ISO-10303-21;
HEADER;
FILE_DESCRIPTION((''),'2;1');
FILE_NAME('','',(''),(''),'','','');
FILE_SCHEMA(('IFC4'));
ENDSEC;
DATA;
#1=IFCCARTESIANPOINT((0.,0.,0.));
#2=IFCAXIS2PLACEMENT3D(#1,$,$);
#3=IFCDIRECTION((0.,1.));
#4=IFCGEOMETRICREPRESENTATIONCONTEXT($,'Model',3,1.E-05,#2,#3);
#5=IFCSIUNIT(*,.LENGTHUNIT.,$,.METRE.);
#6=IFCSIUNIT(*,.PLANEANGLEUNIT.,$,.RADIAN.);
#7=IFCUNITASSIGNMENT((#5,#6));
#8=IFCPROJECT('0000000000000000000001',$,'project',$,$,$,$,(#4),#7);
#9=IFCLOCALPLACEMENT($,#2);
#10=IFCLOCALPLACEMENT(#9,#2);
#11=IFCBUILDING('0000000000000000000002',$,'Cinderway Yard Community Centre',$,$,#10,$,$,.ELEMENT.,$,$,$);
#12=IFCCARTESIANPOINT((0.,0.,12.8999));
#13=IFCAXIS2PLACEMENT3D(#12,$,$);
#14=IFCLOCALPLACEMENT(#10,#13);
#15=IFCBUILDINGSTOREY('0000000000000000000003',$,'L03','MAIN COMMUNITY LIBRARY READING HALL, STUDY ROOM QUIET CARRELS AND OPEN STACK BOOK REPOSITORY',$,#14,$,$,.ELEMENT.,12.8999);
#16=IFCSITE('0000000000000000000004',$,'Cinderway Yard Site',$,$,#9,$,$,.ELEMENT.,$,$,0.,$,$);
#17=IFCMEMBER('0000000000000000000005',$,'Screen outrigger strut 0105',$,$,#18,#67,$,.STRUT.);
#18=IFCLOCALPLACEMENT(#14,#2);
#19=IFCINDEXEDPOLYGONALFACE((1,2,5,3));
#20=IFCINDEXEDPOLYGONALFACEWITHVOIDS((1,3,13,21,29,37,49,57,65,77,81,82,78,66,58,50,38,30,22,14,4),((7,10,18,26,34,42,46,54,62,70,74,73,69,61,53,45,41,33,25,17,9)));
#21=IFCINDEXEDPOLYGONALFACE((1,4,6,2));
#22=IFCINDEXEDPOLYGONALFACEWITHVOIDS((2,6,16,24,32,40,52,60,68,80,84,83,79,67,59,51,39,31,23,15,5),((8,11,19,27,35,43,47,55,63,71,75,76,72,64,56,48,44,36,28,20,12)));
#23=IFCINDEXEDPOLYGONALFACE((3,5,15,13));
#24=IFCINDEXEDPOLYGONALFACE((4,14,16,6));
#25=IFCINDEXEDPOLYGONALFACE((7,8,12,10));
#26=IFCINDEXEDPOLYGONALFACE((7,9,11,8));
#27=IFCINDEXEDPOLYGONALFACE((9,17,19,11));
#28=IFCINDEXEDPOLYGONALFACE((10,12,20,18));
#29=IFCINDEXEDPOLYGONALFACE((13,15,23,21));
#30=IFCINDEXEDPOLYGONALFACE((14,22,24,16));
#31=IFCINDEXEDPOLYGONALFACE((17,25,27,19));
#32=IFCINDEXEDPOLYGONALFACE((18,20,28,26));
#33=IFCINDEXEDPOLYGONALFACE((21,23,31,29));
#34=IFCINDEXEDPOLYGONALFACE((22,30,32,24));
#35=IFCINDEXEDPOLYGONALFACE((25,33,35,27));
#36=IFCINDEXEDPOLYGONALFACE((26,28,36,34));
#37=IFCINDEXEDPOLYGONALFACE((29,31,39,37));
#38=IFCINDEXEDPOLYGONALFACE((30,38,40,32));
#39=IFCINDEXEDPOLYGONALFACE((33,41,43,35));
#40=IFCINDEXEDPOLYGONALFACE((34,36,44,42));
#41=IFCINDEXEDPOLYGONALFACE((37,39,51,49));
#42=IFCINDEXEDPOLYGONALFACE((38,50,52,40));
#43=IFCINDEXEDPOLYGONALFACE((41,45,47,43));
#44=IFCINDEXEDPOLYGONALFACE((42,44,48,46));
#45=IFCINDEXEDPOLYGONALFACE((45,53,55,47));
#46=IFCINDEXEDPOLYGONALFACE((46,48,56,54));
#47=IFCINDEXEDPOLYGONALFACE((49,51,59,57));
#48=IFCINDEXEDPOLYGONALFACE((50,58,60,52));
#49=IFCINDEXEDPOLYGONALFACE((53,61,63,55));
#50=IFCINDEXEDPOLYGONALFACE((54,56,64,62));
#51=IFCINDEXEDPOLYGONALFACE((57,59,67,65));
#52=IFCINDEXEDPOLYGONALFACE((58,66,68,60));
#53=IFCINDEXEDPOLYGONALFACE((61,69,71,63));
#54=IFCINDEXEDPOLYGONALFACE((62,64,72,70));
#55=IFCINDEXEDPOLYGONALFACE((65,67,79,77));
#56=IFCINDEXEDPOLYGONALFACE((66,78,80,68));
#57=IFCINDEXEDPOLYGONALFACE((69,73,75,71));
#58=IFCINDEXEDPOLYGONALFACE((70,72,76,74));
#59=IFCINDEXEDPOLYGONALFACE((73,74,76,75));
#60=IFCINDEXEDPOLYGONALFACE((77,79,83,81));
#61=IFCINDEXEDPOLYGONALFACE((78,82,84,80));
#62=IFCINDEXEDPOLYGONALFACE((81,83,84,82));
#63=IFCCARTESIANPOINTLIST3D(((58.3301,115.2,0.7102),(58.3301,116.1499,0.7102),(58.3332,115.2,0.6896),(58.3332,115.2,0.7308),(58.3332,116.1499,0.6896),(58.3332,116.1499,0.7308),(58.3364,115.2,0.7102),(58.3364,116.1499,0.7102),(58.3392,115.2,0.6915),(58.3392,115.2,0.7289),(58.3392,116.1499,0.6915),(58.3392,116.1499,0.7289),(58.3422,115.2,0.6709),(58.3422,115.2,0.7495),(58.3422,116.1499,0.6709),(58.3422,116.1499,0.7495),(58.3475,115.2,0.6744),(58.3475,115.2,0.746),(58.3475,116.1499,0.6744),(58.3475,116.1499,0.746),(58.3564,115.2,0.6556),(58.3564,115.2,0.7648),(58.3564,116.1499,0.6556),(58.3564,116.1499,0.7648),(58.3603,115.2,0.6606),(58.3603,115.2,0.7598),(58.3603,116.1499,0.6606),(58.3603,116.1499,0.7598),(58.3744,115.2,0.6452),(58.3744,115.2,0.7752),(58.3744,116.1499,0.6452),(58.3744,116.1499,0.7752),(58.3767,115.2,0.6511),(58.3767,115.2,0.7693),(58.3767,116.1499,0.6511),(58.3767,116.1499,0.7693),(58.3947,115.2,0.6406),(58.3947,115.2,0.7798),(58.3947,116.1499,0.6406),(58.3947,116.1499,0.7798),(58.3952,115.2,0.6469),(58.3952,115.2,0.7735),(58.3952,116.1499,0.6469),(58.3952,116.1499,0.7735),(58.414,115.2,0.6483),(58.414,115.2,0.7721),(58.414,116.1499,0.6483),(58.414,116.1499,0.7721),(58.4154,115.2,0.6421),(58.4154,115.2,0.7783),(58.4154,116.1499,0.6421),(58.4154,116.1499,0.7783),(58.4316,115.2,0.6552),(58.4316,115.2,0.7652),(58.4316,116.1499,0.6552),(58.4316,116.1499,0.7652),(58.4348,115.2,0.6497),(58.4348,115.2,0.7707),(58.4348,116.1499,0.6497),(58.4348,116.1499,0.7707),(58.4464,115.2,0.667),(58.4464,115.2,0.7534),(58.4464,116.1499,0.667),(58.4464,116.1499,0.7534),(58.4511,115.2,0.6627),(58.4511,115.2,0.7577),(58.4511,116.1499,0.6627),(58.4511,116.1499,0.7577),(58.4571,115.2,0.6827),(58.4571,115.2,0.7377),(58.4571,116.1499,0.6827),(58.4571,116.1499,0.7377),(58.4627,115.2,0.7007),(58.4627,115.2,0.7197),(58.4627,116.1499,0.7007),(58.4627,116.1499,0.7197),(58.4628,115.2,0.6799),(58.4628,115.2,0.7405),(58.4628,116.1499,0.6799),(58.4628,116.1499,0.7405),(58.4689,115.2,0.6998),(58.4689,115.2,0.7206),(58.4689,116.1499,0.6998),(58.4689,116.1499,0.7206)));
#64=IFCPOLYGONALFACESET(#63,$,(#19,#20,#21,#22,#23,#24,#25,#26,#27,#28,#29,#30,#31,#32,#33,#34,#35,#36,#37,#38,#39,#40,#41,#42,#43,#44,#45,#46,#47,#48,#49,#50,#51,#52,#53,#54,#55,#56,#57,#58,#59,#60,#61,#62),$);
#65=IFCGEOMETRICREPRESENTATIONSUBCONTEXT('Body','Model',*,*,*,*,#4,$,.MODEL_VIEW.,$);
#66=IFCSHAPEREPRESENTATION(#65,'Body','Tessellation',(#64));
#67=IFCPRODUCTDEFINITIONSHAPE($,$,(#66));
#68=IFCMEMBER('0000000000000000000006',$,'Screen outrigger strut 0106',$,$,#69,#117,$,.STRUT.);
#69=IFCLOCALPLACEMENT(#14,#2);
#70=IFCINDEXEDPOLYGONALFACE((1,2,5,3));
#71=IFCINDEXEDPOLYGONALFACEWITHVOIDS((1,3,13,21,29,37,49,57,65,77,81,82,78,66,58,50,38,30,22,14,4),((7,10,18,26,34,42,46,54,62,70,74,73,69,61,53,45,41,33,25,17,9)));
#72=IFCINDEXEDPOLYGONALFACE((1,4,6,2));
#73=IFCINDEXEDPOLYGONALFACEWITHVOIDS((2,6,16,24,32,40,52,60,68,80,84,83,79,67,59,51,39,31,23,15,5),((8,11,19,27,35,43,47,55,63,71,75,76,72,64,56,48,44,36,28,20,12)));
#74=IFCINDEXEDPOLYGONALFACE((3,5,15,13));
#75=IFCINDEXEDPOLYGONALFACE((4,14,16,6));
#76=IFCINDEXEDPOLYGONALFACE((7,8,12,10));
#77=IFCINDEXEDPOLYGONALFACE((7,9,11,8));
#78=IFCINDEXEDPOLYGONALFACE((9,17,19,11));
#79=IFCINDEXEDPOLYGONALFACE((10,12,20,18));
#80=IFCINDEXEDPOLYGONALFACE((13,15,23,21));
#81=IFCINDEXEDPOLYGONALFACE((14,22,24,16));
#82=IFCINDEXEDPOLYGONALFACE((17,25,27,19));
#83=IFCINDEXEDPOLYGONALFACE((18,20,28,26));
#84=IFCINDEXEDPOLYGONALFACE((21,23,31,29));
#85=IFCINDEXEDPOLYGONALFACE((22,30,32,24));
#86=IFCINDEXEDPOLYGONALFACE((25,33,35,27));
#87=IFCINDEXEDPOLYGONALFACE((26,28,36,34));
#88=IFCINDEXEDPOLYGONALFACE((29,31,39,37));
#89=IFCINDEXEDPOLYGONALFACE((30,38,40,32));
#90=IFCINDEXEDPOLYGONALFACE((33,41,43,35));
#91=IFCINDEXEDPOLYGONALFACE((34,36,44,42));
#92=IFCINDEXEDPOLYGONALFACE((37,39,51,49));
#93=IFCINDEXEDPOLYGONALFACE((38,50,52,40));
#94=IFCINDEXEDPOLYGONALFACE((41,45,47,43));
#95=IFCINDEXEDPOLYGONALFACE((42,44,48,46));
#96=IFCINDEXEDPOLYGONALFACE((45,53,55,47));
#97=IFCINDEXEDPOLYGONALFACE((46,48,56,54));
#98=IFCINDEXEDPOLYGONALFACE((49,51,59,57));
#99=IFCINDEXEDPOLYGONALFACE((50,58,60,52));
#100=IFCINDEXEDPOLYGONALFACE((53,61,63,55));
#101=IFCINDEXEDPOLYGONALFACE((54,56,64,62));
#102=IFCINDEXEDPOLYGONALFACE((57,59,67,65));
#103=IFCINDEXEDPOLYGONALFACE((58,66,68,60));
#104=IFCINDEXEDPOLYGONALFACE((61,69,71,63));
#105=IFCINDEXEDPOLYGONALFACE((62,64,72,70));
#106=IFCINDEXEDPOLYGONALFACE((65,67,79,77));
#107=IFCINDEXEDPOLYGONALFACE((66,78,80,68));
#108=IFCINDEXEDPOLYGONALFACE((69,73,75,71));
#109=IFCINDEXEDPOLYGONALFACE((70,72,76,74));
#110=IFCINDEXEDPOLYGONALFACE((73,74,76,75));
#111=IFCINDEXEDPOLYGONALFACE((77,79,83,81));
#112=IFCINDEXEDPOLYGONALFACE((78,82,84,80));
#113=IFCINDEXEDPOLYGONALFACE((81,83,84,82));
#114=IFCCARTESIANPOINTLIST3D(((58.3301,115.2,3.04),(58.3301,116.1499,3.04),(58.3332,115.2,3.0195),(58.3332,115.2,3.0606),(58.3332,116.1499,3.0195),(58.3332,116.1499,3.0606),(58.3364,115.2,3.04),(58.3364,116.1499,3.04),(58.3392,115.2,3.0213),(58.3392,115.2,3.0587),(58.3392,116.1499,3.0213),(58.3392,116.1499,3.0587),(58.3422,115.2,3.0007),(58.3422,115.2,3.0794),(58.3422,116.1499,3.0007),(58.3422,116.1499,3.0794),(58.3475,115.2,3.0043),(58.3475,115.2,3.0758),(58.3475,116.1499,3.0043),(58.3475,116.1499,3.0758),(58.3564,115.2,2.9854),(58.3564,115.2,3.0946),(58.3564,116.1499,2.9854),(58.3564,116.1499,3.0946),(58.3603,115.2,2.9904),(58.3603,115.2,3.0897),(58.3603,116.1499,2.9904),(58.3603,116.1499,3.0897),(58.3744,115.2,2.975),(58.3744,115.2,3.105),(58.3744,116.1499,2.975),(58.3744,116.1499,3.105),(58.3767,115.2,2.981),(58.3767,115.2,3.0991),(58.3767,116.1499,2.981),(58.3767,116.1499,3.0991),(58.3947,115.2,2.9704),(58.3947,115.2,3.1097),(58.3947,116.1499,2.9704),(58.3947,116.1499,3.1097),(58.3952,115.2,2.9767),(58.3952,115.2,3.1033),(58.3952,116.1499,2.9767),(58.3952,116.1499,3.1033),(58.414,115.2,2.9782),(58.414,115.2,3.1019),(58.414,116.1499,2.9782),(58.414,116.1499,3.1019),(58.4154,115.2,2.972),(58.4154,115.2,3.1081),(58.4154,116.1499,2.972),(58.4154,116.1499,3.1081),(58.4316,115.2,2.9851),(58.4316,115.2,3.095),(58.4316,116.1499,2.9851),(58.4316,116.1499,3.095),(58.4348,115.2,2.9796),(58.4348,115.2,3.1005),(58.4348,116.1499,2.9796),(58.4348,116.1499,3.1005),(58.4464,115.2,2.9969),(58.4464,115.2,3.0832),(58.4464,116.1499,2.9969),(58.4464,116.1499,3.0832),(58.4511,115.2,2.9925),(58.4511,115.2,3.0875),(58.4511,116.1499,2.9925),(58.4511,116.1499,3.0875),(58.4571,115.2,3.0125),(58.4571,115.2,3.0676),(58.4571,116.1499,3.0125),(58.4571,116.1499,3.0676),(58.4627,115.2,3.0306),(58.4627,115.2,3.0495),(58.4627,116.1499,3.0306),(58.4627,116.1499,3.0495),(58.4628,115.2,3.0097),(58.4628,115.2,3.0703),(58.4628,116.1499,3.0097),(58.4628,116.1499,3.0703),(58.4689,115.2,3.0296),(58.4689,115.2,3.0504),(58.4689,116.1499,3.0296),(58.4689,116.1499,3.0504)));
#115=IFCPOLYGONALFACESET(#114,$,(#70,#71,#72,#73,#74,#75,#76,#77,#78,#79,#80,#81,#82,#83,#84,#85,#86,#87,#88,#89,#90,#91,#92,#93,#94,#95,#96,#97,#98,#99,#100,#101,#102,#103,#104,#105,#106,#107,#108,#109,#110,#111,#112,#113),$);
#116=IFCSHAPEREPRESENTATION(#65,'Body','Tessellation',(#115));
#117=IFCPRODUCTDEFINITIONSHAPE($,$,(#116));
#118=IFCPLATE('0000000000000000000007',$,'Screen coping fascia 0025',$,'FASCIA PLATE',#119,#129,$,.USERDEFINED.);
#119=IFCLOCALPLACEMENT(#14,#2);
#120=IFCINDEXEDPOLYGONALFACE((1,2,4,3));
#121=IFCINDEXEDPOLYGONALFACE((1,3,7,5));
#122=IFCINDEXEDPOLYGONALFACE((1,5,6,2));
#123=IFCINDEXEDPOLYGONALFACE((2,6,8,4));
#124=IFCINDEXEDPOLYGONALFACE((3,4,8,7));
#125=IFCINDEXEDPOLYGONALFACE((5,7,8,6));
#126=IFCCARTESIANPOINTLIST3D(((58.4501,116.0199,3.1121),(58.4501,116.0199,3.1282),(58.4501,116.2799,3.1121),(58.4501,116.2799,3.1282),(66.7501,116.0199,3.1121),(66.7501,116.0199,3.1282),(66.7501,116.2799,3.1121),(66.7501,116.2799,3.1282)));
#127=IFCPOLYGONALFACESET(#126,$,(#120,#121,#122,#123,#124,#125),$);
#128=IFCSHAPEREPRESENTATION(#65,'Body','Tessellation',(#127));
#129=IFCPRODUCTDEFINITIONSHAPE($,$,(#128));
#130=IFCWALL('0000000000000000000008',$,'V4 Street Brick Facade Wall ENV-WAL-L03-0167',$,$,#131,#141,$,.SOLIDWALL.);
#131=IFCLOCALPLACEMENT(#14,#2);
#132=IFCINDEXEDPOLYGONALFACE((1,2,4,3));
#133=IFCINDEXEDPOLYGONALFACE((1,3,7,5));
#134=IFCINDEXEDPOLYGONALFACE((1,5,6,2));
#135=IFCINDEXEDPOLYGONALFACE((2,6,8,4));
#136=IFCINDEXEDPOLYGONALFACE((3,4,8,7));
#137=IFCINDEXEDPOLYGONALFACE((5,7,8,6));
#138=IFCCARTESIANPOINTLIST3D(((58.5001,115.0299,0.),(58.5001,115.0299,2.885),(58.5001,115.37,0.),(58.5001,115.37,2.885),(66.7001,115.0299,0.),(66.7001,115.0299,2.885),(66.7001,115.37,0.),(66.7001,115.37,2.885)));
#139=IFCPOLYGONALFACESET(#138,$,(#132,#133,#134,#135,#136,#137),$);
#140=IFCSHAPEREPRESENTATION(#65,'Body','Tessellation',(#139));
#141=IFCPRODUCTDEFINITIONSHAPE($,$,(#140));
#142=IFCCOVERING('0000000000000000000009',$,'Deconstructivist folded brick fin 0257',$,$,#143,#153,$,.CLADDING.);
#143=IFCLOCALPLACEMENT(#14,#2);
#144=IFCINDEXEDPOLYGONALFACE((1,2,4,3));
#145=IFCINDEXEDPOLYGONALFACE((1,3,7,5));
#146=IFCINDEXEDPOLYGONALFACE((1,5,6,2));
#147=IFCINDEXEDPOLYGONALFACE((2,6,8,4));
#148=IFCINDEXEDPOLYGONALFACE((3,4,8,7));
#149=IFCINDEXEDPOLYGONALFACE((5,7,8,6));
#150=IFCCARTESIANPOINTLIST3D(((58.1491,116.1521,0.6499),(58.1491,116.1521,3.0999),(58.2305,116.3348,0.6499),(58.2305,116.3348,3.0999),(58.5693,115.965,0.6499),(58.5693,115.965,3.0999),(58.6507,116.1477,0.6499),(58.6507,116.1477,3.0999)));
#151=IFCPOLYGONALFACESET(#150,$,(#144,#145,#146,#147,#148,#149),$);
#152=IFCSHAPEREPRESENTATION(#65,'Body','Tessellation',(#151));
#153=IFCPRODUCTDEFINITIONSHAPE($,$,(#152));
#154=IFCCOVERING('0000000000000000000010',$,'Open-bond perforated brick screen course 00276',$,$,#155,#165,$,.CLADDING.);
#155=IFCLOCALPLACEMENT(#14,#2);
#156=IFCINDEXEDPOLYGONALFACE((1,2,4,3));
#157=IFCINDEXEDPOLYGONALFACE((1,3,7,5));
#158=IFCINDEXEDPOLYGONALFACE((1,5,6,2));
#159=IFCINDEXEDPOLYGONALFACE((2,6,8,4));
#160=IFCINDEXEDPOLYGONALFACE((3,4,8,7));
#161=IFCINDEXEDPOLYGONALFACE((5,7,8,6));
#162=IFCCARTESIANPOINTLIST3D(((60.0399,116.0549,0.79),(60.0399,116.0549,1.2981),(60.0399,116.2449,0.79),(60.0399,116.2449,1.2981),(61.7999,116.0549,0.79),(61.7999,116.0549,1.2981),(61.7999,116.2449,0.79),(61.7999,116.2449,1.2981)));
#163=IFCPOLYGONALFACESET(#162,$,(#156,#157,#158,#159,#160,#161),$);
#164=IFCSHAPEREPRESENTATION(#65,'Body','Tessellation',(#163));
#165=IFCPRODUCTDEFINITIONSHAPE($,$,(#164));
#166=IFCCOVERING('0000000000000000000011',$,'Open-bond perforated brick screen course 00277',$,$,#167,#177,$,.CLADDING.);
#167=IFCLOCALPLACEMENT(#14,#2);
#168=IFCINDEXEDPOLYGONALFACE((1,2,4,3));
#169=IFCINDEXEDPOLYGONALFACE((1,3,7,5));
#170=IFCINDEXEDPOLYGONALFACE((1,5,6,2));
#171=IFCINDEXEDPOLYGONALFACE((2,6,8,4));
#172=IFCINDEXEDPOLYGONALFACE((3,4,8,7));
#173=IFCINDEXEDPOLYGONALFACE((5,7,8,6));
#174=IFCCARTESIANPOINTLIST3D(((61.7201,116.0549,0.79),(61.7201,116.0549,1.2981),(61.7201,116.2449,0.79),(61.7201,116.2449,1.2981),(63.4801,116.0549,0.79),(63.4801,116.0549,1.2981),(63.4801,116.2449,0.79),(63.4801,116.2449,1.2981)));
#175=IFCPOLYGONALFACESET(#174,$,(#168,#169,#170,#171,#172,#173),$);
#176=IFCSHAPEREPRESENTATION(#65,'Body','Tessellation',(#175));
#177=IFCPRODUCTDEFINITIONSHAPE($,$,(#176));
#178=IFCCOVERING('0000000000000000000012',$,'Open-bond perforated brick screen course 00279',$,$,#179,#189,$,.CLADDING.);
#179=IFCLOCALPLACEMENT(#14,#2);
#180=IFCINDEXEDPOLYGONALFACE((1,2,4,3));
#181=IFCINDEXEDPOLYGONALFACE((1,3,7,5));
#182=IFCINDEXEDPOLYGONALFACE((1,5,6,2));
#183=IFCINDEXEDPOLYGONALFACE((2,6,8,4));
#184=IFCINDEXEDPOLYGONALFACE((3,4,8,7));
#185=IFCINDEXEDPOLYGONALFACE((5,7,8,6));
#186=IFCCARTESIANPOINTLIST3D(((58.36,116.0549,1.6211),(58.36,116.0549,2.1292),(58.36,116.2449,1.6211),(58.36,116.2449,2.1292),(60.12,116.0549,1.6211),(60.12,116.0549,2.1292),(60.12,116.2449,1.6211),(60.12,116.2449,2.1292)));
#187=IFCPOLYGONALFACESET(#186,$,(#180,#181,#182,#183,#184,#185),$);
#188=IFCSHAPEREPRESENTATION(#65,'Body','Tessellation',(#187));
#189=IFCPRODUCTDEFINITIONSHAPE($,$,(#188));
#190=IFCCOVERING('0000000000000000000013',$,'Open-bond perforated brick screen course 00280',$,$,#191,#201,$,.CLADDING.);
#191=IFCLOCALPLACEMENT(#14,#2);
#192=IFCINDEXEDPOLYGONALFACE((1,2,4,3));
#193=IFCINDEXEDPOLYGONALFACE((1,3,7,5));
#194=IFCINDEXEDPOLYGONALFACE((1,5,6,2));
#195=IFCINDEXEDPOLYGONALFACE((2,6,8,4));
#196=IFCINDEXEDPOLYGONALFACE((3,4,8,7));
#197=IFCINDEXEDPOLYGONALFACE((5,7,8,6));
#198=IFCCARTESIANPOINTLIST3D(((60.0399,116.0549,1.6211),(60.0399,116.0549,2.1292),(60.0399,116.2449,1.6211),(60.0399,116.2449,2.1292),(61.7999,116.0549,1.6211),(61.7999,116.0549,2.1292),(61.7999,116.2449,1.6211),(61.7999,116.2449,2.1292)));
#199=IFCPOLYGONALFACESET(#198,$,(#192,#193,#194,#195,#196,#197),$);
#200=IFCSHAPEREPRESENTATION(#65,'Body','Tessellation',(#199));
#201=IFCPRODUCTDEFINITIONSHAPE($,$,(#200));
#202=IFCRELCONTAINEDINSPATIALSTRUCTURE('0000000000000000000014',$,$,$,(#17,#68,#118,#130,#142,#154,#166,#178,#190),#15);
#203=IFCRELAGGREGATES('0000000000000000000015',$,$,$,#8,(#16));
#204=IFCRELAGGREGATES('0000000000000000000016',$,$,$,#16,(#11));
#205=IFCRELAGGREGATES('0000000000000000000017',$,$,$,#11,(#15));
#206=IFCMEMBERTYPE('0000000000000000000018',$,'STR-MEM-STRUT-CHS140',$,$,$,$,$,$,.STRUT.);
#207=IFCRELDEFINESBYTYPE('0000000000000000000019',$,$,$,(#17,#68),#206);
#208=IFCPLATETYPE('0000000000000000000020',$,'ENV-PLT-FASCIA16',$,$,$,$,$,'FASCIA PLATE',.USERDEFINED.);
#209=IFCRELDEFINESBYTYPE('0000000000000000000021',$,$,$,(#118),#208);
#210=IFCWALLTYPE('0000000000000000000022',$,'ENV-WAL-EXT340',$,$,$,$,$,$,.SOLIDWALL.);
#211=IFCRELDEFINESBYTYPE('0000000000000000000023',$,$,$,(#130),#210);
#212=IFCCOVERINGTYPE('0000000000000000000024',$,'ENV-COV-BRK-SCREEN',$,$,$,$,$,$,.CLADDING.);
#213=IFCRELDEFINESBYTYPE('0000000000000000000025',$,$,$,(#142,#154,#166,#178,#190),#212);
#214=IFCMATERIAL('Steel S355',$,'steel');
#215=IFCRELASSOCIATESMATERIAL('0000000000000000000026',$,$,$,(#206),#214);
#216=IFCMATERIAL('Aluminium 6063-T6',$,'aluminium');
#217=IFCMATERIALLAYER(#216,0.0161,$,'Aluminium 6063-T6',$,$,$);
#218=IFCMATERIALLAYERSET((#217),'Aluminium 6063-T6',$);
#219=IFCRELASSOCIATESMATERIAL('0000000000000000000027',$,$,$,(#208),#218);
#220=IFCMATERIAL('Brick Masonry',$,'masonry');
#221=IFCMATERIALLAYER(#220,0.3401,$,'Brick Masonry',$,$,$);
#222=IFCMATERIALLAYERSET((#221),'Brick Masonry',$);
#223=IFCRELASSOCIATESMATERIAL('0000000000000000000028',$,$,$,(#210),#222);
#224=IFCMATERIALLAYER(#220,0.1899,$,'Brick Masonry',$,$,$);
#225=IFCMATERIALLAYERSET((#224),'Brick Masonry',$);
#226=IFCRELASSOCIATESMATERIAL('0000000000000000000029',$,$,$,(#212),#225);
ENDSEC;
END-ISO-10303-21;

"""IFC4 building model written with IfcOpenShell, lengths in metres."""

from ifc_helpers import new_model, si_unit, direction, frame, frame_2d, origin, origin_2d, place, context, subcontext, project, spatial, rectangle, hollow_circle, extrude, material, layer, layer_set, material_profile, profile_set, type_object, element, save


model = new_model("IFC4")

# Units and contexts
model_context = context("Model", 3, precision=1e-05, world=origin(), true_north=direction((0.0, 1.0)))
body_context = subcontext(model_context, "Body", "Model", "MODEL_VIEW")
ifc_project = project(units=[si_unit("LENGTHUNIT", "METRE"), si_unit("PLANEANGLEUNIT", "RADIAN")], contexts=[model_context])

# Site, building, storey
site_placement = place(None, origin())
site = spatial("IfcSite", under=ifc_project, at=site_placement, Name="Cinderway Yard Site", CompositionType="ELEMENT", RefElevation=0.0)
building_placement = place(site_placement, origin())
building = spatial("IfcBuilding", under=site, at=building_placement, Name="Cinderway Yard Community Centre", CompositionType="ELEMENT")
storey_placement = place(building_placement, frame((0.0, 0.0, 12.8999)))
storey = spatial("IfcBuildingStorey", under=building, at=storey_placement, Name="L03", Description="MAIN COMMUNITY LIBRARY READING HALL, STUDY ROOM QUIET CARRELS AND OPEN STACK BOOK REPOSITORY", CompositionType="ELEMENT", Elevation=12.8999)

# Shared definitions
ifc_material_1 = material(Name="Steel S355", Category="steel")

# Members
ifc_material_profile_1 = material_profile(ifc_material_1, hollow_circle(Radius=0.0698, WallThickness=0.0063, at=origin_2d()), Name="Steel S355")
ifc_profile_set_1 = profile_set([ifc_material_profile_1], Name="Steel S355")
member_type_1 = type_object("IfcMemberType", Name="STR-MEM-STRUT-CHS140", PredefinedType="STRUT", material=ifc_profile_set_1)
for number, where, z_axis, x_axis, name in (
    (1, (58.3999, 115.2, 0.7102), (0.0, 1.0, 0.0), (-1.0, 0.0, 0.0), "Screen outrigger strut 0105"),
    (2, (58.3999, 115.2, 3.04), (0.0, 1.0, 0.0), (-1.0, 0.0, 0.0), "Screen outrigger strut 0106"),
):
    element("IfcMember", number, at=place(storey_placement, frame(where, z_axis=z_axis, x_axis=x_axis)), inside=storey, type_object=member_type_1, Name=name, PredefinedType="STRUT", context=body_context, shape_type="SweptSolid", body=[
        extrude(hollow_circle(Radius=0.0698, WallThickness=0.0063, at=origin_2d()), origin(), (0.0, 0.0, 1.0), 0.95),
    ])

# Plate
ifc_material_2 = material(Name="Aluminium 6063-T6", Category="aluminium")
ifc_layer_1 = layer(ifc_material_2, 0.0161, Name="Aluminium 6063-T6")
ifc_layer_set_1 = layer_set([ifc_layer_1], Name="Aluminium 6063-T6")
plate_type = type_object("IfcPlateType", Name="ENV-PLT-FASCIA16", ElementType="FASCIA PLATE", PredefinedType="USERDEFINED", material=ifc_layer_set_1)
plate_placement = place(storey_placement, frame((62.6001, 116.1499, 3.1121), z_axis=(0.0, 0.0, 1.0), x_axis=(1.0, 0.0, 0.0)))
element("IfcPlate", 3, at=plate_placement, inside=storey, type_object=plate_type, Name="Screen coping fascia 0025", ObjectType="FASCIA PLATE", PredefinedType="USERDEFINED", context=body_context, shape_type="SweptSolid", body=[
    extrude(rectangle(XDim=8.3, YDim=0.26, at=origin_2d()), origin(), (0.0, 0.0, 1.0), 0.0161),
])

# Wall
ifc_material_3 = material(Name="Brick Masonry", Category="masonry")
ifc_layer_2 = layer(ifc_material_3, 0.3401, Name="Brick Masonry")
ifc_layer_set_2 = layer_set([ifc_layer_2], Name="Brick Masonry")
wall_type = type_object("IfcWallType", Name="ENV-WAL-EXT340", PredefinedType="SOLIDWALL", material=ifc_layer_set_2)
wall_placement = place(storey_placement, frame((58.5, 115.2, 0.0), z_axis=(0.0, 0.0, 1.0), x_axis=(1.0, 0.0, 0.0)))
element("IfcWall", 4, at=wall_placement, inside=storey, type_object=wall_type, Name="V4 Street Brick Facade Wall ENV-WAL-L03-0167", PredefinedType="SOLIDWALL", context=body_context, shape_type="SweptSolid", body=[
    extrude(rectangle(XDim=8.2, YDim=0.3401, at=frame_2d((4.1001, 0.0))), origin(), (0.0, 0.0, 1.0), 2.885),
])

# Coverings
ifc_layer_3 = layer(ifc_material_3, 0.1899, Name="Brick Masonry")
ifc_layer_set_3 = layer_set([ifc_layer_3], Name="Brick Masonry")
covering_type = type_object("IfcCoveringType", Name="ENV-COV-BRK-SCREEN", PredefinedType="CLADDING", material=ifc_layer_set_3)
covering_placement = place(storey_placement, frame((58.3999, 116.1499, 0.6499), z_axis=(0.0, 0.0, 1.0), x_axis=(0.913545, -0.406737, 0.0)))
element("IfcCovering", 5, at=covering_placement, inside=storey, type_object=covering_type, Name="Deconstructivist folded brick fin 0257", PredefinedType="CLADDING", context=body_context, shape_type="SweptSolid", body=[
    extrude(rectangle(XDim=0.46, YDim=0.2, at=origin_2d()), origin(), (0.0, 0.0, 1.0), 2.45),
])
for number, where, z_axis, x_axis, name in (
    (6, (60.9199, 116.1499, 0.79), (0.0, 0.0, 1.0), (1.0, 0.0, 0.0), "Open-bond perforated brick screen course 00276"),
    (7, (62.6001, 116.1499, 0.79), (0.0, 0.0, 1.0), (1.0, 0.0, 0.0), "Open-bond perforated brick screen course 00277"),
    (8, (59.24, 116.1499, 1.6211), (0.0, 0.0, 1.0), (1.0, 0.0, 0.0), "Open-bond perforated brick screen course 00279"),
    (9, (60.9199, 116.1499, 1.6211), (0.0, 0.0, 1.0), (1.0, 0.0, 0.0), "Open-bond perforated brick screen course 00280"),
):
    element("IfcCovering", number, at=place(storey_placement, frame(where, z_axis=z_axis, x_axis=x_axis)), inside=storey, type_object=covering_type, Name=name, PredefinedType="CLADDING", context=body_context, shape_type="SweptSolid", body=[
        extrude(rectangle(XDim=1.76, YDim=0.1899, at=origin_2d()), origin(), (0.0, 0.0, 1.0), 0.5081),
    ])

save(model, "model.ifc")
